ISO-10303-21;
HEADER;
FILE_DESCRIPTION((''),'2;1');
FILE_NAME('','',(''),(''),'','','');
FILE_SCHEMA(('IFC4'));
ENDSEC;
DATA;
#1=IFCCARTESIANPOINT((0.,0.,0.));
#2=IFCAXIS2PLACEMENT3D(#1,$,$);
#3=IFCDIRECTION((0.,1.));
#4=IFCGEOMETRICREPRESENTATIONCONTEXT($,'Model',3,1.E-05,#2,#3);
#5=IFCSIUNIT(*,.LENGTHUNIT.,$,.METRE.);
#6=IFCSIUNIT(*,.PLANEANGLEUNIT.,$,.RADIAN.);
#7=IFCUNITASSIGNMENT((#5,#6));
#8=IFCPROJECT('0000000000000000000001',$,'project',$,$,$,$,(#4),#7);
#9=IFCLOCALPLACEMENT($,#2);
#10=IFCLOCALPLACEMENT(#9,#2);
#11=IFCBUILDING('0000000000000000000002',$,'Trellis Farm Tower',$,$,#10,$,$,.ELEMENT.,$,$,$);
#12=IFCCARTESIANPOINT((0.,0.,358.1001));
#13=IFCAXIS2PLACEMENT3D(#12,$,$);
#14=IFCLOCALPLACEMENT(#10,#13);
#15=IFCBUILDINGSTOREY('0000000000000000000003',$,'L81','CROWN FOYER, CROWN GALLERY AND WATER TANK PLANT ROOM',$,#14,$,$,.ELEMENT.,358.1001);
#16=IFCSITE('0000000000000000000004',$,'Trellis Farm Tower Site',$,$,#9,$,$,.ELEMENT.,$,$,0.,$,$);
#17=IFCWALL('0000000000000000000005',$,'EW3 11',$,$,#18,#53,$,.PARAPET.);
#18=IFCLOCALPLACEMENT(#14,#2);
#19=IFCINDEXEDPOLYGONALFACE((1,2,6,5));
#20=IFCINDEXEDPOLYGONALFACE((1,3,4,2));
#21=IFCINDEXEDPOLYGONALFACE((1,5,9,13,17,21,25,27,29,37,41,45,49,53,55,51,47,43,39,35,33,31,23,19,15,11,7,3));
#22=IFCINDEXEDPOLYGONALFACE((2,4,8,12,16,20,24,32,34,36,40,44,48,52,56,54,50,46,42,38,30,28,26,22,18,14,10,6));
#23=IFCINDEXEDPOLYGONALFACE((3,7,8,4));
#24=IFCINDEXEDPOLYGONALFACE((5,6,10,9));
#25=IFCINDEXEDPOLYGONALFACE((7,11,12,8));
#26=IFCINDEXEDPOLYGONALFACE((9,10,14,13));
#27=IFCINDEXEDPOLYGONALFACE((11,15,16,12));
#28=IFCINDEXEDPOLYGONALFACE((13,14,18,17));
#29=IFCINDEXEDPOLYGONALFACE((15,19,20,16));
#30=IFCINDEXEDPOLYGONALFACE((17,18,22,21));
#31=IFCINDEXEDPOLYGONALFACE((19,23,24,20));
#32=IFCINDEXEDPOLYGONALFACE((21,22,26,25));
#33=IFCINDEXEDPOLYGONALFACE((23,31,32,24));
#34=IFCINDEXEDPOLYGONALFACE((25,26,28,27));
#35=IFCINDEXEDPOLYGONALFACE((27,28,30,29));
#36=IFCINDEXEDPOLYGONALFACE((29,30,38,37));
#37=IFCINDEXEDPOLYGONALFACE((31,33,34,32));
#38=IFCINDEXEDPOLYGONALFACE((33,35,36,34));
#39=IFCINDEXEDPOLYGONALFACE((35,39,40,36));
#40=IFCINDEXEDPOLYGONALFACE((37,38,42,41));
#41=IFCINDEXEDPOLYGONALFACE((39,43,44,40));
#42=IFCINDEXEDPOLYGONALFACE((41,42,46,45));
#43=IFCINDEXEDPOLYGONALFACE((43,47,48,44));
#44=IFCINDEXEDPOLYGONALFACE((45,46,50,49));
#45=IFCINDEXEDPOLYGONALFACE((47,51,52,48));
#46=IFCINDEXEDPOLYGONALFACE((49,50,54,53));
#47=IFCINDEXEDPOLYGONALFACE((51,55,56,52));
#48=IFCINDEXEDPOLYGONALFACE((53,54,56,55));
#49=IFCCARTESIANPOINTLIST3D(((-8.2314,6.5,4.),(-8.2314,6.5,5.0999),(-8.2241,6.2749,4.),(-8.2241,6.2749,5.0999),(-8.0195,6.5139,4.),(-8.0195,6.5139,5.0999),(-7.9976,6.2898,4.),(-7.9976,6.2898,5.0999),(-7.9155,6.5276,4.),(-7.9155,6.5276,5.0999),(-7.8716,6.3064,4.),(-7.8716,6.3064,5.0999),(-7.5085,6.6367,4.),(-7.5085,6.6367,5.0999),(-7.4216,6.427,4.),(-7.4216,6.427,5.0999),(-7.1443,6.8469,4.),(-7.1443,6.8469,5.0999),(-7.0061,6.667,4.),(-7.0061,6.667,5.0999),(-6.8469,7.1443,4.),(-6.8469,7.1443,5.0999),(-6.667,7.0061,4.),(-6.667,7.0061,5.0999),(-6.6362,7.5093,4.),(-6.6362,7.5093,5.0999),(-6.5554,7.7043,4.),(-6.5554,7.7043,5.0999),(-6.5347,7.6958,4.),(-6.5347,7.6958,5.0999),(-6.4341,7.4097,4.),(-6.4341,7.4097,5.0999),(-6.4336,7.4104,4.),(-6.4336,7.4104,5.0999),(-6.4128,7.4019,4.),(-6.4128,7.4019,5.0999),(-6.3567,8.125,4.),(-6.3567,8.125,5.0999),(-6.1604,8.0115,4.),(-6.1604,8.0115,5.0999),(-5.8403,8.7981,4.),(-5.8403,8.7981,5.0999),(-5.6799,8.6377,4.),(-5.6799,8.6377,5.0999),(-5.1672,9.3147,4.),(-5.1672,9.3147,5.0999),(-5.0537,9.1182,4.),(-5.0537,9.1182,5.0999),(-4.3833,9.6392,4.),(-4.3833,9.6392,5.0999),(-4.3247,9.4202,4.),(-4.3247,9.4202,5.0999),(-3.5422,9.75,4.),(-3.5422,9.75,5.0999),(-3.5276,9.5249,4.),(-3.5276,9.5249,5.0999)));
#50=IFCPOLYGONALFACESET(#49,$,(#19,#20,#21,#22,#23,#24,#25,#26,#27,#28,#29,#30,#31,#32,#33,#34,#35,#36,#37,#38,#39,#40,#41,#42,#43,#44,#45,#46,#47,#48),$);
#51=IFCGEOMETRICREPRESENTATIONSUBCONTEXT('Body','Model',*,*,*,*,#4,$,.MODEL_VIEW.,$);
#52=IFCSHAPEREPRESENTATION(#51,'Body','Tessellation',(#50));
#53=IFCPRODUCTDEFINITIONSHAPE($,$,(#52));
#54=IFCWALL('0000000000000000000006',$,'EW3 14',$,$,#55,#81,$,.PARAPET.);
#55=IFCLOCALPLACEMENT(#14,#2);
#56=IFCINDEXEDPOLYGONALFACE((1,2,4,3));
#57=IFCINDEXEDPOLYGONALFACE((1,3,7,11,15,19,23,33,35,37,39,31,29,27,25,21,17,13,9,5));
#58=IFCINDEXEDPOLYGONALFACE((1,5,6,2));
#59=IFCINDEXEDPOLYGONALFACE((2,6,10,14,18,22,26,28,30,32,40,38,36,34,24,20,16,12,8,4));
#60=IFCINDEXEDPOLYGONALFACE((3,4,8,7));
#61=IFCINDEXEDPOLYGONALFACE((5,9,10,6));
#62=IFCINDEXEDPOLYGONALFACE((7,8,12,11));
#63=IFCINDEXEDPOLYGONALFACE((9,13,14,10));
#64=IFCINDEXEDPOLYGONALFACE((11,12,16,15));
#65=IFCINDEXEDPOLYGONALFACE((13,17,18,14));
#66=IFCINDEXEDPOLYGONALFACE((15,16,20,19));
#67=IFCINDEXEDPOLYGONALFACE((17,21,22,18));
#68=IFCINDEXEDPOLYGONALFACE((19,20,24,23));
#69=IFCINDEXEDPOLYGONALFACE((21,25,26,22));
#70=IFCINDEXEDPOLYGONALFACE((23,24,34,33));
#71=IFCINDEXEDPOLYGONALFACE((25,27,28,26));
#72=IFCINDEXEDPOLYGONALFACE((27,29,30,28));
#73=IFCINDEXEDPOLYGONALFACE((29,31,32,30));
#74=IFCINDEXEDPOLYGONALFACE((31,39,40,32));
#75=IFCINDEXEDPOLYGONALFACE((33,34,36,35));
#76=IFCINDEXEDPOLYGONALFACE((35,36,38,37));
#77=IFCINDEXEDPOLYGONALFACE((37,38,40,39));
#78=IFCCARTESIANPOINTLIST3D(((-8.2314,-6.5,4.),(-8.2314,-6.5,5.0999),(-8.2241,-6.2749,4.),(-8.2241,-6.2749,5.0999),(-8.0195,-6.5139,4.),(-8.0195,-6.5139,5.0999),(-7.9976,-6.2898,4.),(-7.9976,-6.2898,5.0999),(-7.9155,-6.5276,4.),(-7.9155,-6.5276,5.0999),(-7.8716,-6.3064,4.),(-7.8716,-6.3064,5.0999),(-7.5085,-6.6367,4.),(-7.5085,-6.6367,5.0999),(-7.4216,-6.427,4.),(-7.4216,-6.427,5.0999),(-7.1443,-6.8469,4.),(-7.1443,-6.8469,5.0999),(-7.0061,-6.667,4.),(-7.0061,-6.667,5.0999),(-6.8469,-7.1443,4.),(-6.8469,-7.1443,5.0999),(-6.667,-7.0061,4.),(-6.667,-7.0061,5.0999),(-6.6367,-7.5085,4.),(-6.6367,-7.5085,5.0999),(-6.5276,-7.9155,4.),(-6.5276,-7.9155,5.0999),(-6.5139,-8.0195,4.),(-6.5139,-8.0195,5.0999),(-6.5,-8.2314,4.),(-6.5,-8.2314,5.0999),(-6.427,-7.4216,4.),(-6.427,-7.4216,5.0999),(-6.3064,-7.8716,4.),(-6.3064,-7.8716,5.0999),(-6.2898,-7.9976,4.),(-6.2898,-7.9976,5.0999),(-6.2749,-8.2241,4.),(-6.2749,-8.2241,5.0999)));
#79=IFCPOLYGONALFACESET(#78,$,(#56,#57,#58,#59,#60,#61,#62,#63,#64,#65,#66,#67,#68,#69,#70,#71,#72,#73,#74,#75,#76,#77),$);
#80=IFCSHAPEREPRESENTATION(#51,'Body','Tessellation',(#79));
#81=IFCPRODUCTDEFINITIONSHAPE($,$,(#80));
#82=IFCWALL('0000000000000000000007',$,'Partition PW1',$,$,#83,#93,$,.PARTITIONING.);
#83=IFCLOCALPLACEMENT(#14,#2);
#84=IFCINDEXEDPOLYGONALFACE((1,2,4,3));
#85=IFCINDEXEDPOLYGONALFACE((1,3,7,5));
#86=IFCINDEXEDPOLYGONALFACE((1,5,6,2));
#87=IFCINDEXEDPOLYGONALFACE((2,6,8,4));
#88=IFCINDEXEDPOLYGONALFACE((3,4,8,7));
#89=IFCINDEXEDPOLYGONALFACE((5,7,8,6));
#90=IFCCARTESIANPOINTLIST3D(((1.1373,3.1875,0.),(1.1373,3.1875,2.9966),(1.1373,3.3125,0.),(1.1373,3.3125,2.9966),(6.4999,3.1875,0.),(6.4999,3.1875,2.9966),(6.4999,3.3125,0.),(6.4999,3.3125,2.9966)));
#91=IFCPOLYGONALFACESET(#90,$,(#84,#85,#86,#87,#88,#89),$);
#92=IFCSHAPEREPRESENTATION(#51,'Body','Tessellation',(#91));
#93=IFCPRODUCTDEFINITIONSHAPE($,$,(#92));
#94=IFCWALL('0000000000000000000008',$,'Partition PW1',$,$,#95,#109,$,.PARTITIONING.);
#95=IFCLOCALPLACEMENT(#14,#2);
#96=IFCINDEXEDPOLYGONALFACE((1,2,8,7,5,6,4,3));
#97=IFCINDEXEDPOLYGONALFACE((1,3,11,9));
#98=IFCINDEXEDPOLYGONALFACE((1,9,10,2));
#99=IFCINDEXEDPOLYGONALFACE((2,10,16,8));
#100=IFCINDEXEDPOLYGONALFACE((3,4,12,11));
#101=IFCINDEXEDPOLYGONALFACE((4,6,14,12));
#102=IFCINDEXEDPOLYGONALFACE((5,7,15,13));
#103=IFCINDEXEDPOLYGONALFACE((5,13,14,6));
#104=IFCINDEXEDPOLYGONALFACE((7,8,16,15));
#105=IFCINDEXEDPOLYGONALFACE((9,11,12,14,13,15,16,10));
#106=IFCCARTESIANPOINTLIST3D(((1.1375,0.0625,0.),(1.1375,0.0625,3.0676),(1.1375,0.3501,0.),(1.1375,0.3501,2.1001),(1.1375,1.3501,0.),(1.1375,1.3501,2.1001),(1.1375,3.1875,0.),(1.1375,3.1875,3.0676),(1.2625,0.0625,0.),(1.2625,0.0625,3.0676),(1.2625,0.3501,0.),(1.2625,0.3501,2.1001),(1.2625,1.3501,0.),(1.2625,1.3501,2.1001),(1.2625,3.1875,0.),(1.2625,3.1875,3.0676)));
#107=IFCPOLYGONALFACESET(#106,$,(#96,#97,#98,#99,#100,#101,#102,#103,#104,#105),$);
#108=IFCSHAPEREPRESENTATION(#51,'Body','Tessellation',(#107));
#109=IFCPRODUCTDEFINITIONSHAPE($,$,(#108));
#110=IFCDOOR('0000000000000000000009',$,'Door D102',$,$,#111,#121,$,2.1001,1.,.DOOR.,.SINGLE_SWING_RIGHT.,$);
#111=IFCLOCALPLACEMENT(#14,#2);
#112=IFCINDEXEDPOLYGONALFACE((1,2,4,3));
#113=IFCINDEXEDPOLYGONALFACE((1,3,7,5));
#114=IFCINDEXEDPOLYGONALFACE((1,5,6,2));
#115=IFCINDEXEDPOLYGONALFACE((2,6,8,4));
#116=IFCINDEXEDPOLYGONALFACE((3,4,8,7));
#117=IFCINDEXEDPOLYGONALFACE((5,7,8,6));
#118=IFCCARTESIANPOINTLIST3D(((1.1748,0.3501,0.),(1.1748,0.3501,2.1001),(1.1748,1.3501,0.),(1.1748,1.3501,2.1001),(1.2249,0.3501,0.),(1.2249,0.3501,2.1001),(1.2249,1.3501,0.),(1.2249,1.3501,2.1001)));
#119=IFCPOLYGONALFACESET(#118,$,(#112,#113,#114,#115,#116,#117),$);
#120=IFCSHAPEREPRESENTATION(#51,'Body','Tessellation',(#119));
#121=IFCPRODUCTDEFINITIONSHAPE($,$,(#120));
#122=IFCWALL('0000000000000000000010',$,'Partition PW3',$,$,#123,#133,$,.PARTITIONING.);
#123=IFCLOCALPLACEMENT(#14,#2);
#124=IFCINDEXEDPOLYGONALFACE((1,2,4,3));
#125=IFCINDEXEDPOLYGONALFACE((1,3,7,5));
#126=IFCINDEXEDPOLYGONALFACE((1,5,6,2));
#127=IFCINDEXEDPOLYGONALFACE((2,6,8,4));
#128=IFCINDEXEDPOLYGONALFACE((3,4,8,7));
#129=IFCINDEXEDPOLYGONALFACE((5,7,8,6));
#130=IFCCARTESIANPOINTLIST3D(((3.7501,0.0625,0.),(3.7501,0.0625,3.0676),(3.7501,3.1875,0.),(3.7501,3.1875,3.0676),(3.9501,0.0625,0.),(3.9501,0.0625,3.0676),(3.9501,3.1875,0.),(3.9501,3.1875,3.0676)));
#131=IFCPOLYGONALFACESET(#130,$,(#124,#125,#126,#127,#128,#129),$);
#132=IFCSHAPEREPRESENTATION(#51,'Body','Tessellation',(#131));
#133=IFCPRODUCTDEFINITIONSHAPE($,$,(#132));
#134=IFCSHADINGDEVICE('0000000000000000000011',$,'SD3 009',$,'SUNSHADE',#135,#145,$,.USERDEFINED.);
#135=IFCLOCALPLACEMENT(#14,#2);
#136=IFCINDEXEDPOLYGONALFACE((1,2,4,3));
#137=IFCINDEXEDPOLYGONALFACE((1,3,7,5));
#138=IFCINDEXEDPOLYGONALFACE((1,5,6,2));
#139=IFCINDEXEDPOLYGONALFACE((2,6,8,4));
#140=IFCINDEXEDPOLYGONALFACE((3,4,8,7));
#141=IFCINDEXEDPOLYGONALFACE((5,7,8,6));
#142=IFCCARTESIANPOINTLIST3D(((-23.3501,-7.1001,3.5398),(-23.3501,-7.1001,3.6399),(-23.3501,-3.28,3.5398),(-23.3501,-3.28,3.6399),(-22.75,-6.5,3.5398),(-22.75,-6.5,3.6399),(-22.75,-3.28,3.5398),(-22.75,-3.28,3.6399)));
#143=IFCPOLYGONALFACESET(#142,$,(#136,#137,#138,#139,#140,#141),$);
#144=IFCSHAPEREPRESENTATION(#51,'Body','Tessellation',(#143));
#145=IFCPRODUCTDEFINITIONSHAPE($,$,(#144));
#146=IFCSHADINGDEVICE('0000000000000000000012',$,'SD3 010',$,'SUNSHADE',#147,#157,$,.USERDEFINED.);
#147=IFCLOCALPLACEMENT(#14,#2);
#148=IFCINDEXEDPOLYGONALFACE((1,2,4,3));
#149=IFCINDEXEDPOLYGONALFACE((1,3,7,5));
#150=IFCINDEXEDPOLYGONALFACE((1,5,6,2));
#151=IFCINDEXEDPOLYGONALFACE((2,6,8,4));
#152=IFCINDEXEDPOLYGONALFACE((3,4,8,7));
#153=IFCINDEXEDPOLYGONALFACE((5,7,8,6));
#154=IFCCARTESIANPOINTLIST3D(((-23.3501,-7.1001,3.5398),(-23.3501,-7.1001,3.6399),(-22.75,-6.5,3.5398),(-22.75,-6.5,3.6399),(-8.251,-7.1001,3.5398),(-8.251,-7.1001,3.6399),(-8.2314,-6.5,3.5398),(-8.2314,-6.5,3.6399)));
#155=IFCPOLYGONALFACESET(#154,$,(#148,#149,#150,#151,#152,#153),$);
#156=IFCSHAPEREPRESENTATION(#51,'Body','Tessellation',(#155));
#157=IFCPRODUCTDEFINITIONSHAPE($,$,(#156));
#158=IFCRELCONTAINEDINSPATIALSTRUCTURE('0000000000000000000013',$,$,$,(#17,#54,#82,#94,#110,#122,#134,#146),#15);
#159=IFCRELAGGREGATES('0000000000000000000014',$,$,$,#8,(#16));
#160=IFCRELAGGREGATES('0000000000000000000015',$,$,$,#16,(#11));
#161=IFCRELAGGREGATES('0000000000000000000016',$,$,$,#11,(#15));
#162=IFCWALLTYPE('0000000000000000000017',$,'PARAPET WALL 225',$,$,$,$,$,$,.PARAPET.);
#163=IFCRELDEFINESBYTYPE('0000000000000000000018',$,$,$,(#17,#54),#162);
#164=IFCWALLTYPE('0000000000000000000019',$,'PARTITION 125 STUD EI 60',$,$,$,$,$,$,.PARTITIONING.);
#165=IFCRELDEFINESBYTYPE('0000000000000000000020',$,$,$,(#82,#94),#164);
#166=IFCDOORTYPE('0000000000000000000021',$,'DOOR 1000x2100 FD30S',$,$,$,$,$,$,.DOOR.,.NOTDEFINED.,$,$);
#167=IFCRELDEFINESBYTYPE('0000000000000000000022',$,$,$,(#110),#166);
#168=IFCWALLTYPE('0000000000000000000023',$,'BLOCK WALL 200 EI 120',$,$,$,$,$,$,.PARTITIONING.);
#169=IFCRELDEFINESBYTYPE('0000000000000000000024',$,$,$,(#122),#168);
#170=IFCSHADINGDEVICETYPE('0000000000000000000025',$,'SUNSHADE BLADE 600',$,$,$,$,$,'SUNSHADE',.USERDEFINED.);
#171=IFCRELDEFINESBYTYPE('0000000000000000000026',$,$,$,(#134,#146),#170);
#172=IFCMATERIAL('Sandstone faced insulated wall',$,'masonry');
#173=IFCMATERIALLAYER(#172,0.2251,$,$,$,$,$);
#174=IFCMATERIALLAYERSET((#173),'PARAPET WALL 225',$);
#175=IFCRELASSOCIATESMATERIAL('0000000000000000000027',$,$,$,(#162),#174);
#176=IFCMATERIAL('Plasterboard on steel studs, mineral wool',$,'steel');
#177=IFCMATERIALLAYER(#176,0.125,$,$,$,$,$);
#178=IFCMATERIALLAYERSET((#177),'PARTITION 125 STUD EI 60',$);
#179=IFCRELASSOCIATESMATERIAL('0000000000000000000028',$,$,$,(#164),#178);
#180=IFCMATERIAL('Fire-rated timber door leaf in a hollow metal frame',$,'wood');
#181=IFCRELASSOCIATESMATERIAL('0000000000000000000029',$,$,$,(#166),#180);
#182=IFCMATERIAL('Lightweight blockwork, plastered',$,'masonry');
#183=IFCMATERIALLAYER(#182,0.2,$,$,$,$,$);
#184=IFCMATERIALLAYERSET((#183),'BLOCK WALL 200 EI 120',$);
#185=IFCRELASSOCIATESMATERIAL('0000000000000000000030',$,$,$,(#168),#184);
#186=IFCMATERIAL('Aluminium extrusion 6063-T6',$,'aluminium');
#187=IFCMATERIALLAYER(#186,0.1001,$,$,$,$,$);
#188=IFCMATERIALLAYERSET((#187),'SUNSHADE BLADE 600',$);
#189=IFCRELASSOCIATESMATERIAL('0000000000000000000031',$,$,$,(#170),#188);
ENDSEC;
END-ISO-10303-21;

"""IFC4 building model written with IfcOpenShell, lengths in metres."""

from ifc_helpers import new_model, si_unit, direction, frame, frame_2d, origin, place, context, subcontext, project, spatial, polyline, rectangle, outline, extrude, source, transform, mapped, material, layer, layer_set, type_object, element, fill, save


model = new_model("IFC4")

# Units and contexts
model_context = context("Model", 3, precision=1e-05, world=origin(), true_north=direction((0.0, 1.0)))
body_context = subcontext(model_context, "Body", "Model", "MODEL_VIEW")
ifc_project = project(units=[si_unit("LENGTHUNIT", "METRE"), si_unit("PLANEANGLEUNIT", "RADIAN")], contexts=[model_context])

# Site, building, storey
site_placement = place(None, origin())
site = spatial("IfcSite", under=ifc_project, at=site_placement, Name="Trellis Farm Tower Site", CompositionType="ELEMENT", RefElevation=0.0)
building_placement = place(site_placement, origin())
building = spatial("IfcBuilding", under=site, at=building_placement, Name="Trellis Farm Tower", CompositionType="ELEMENT")
storey_placement = place(building_placement, frame((0.0, 0.0, 358.1001)))
storey = spatial("IfcBuildingStorey", under=building, at=storey_placement, Name="L81", Description="CROWN FOYER, CROWN GALLERY AND WATER TANK PLANT ROOM", CompositionType="ELEMENT", Elevation=358.1001)

# Shared definitions
ifc_material_1 = material(Name="Aluminium extrusion 6063-T6", Category="aluminium")

# Walls
ifc_material_2 = material(Name="Sandstone faced insulated wall", Category="masonry")
ifc_layer_1 = layer(ifc_material_2, 0.2251)
ifc_layer_set_1 = layer_set([ifc_layer_1], Name="PARAPET WALL 225")
wall_type_1 = type_object("IfcWallType", Name="PARAPET WALL 225", PredefinedType="PARAPET", material=ifc_layer_set_1)
placement_1 = place(storey_placement, frame((0.0, 0.0, 4.0)))
element("IfcWall", 1, at=placement_1, inside=storey, type_object=wall_type_1, Name="EW3 11", PredefinedType="PARAPET", context=body_context, shape_type="SweptSolid", body=[
    extrude(outline(polyline([(-3.5422, 9.75), (-4.3833, 9.6392), (-5.1672, 9.3147), (-5.8403, 8.7981), (-6.3567, 8.125), (-6.5347, 7.6958), (-6.5554, 7.7043), (-6.6362, 7.5093), (-6.8469, 7.1443), (-7.1443, 6.8469), (-7.5085, 6.6367), (-7.9155, 6.5276), (-8.0195, 6.5139), (-8.2314, 6.5), (-8.2241, 6.2749), (-7.9976, 6.2898), (-7.8716, 6.3064), (-7.4216, 6.427), (-7.0061, 6.667), (-6.667, 7.0061), (-6.4341, 7.4097), (-6.4336, 7.4104), (-6.4128, 7.4019), (-6.1604, 8.0115), (-5.6799, 8.6377), (-5.0537, 9.1182), (-4.3247, 9.4202), (-3.5276, 9.5249), (-3.5422, 9.75)])), origin(), (0.0, 0.0, 1.0), 1.0999),
])
element("IfcWall", 2, at=placement_1, inside=storey, type_object=wall_type_1, Name="EW3 14", PredefinedType="PARAPET", context=body_context, shape_type="SweptSolid", body=[
    extrude(outline(polyline([(-8.2314, -6.5), (-8.0195, -6.5139), (-7.9155, -6.5276), (-7.5085, -6.6367), (-7.1443, -6.8469), (-6.8469, -7.1443), (-6.6367, -7.5085), (-6.5276, -7.9155), (-6.5139, -8.0195), (-6.5, -8.2314), (-6.2749, -8.2241), (-6.2898, -7.9976), (-6.3064, -7.8716), (-6.427, -7.4216), (-6.667, -7.0061), (-7.0061, -6.667), (-7.4216, -6.427), (-7.8716, -6.3064), (-7.9976, -6.2898), (-8.2241, -6.2749), (-8.2314, -6.5)])), origin(), (0.0, 0.0, 1.0), 1.0999),
])
ifc_material_3 = material(Name="Plasterboard on steel studs, mineral wool", Category="steel")
ifc_layer_2 = layer(ifc_material_3, 0.125)
ifc_layer_set_2 = layer_set([ifc_layer_2], Name="PARTITION 125 STUD EI 60")
wall_type_2 = type_object("IfcWallType", Name="PARTITION 125 STUD EI 60", PredefinedType="PARTITIONING", material=ifc_layer_set_2)
shared_shape_1 = source(origin(), body_context, "Body", "SweptSolid", [
    extrude(rectangle(XDim=5.3625, YDim=0.125, at=frame_2d((2.6812, 0.0))), origin(), (0.0, 0.0, 1.0), 2.9966),
])
wall_1_placement = place(storey_placement, frame((1.1375, 3.25, 0.0), z_axis=(0.0, 0.0, 1.0), x_axis=(1.0, 0.0, 0.0)))
element("IfcWall", 3, at=wall_1_placement, inside=storey, type_object=wall_type_2, Name="Partition PW1", PredefinedType="PARTITIONING", context=body_context, shape_type="MappedRepresentation", body=[
    mapped(shared_shape_1, transform((0.0, 0.0, 0.0))),
])

# Wall, opening, door
shared_shape_2 = source(origin(), body_context, "Body", "SweptSolid", [
    extrude(rectangle(XDim=3.125, YDim=0.125, at=frame_2d((1.5625, 0.0))), origin(), (0.0, 0.0, 1.0), 3.0676),
])
wall_2_placement = place(storey_placement, frame((1.2, 3.1875, 0.0), z_axis=(0.0, 0.0, 1.0), x_axis=(0.0, -1.0, 0.0)))
wall_2 = element("IfcWall", 4, at=wall_2_placement, inside=storey, type_object=wall_type_2, Name="Partition PW1", PredefinedType="PARTITIONING", context=body_context, shape_type="MappedRepresentation", body=[
    mapped(shared_shape_2, transform((0.0, 0.0, 0.0))),
])
shared_shape_3 = source(origin(), body_context, "Body", "SweptSolid", [
    extrude(rectangle(XDim=1.0, YDim=2.1001, at=frame_2d((0.5, 1.05))), frame((0.0, 0.0725, 0.0), z_axis=(0.0, -1.0, 0.0), x_axis=(1.0, 0.0, 0.0)), (0.0, 0.0, 1.0), 0.145),
])
opening_placement = place(wall_2_placement, frame((1.8374, 0.0, 0.0)))
opening = element("IfcOpeningElement", 5, at=opening_placement, cuts=wall_2, PredefinedType="OPENING", context=body_context, shape_type="MappedRepresentation", body=[
    mapped(shared_shape_3, transform((0.0, 0.0, 0.0))),
])
ifc_material_4 = material(Name="Fire-rated timber door leaf in a hollow metal frame", Category="wood")
door_type = type_object("IfcDoorType", Name="DOOR 1000x2100 FD30S", OperationType="NOTDEFINED", PredefinedType="DOOR", material=ifc_material_4)
shared_shape_4 = source(origin(), body_context, "Body", "SweptSolid", [
    extrude(rectangle(XDim=1.0, YDim=2.1001, at=frame_2d((0.5, 1.05))), frame((0.0, 0.0249, 0.0), z_axis=(0.0, -1.0, 0.0), x_axis=(1.0, 0.0, 0.0)), (0.0, 0.0, 1.0), 0.05),
])
door_placement = place(opening_placement, origin())
door = element("IfcDoor", 6, at=door_placement, inside=storey, type_object=door_type, Name="Door D102", OperationType="SINGLE_SWING_RIGHT", OverallHeight=2.1001, OverallWidth=1.0, PredefinedType="DOOR", context=body_context, shape_type="MappedRepresentation", body=[
    mapped(shared_shape_4, transform((0.0, 0.0, 0.0))),
])
fill(opening, door)

# Wall
ifc_material_5 = material(Name="Lightweight blockwork, plastered", Category="masonry")
ifc_layer_3 = layer(ifc_material_5, 0.2)
ifc_layer_set_3 = layer_set([ifc_layer_3], Name="BLOCK WALL 200 EI 120")
wall_type_3 = type_object("IfcWallType", Name="BLOCK WALL 200 EI 120", PredefinedType="PARTITIONING", material=ifc_layer_set_3)
shared_shape_5 = source(origin(), body_context, "Body", "SweptSolid", [
    extrude(rectangle(XDim=3.125, YDim=0.2, at=frame_2d((1.5625, 0.0))), origin(), (0.0, 0.0, 1.0), 3.0676),
])
wall_3_placement = place(storey_placement, frame((3.8501, 0.0625, 0.0), z_axis=(0.0, 0.0, 1.0), x_axis=(0.0, 1.0, 0.0)))
element("IfcWall", 7, at=wall_3_placement, inside=storey, type_object=wall_type_3, Name="Partition PW3", PredefinedType="PARTITIONING", context=body_context, shape_type="MappedRepresentation", body=[
    mapped(shared_shape_5, transform((0.0, 0.0, 0.0))),
])

# Shading devices
ifc_layer_4 = layer(ifc_material_1, 0.1001)
ifc_layer_set_4 = layer_set([ifc_layer_4], Name="SUNSHADE BLADE 600")
shading_device_type = type_object("IfcShadingDeviceType", Name="SUNSHADE BLADE 600", ElementType="SUNSHADE", PredefinedType="USERDEFINED", material=ifc_layer_set_4)
shared_shape_6 = source(origin(), body_context, "Body", "SweptSolid", [
    extrude(outline(polyline([(-23.3501, -3.28), (-23.3501, -7.1001), (-22.75, -6.5), (-22.75, -3.28), (-23.3501, -3.28)])), origin(), (0.0, 0.0, 1.0), 0.1001),
])
placement_2 = place(storey_placement, frame((0.0, 0.0, 3.5398)))
element("IfcShadingDevice", 8, at=placement_2, inside=storey, type_object=shading_device_type, Name="SD3 009", ObjectType="SUNSHADE", PredefinedType="USERDEFINED", context=body_context, shape_type="MappedRepresentation", body=[
    mapped(shared_shape_6, transform((0.0, 0.0, 0.0))),
])
shared_shape_7 = source(origin(), body_context, "Body", "SweptSolid", [
    extrude(outline(polyline([(-23.3501, -7.1001), (-8.251, -7.1001), (-8.2314, -6.5), (-22.75, -6.5), (-23.3501, -7.1001)])), origin(), (0.0, 0.0, 1.0), 0.1001),
])
element("IfcShadingDevice", 9, at=placement_2, inside=storey, type_object=shading_device_type, Name="SD3 010", ObjectType="SUNSHADE", PredefinedType="USERDEFINED", context=body_context, shape_type="MappedRepresentation", body=[
    mapped(shared_shape_7, transform((0.0, 0.0, 0.0))),
])

save(model, "model.ifc")
